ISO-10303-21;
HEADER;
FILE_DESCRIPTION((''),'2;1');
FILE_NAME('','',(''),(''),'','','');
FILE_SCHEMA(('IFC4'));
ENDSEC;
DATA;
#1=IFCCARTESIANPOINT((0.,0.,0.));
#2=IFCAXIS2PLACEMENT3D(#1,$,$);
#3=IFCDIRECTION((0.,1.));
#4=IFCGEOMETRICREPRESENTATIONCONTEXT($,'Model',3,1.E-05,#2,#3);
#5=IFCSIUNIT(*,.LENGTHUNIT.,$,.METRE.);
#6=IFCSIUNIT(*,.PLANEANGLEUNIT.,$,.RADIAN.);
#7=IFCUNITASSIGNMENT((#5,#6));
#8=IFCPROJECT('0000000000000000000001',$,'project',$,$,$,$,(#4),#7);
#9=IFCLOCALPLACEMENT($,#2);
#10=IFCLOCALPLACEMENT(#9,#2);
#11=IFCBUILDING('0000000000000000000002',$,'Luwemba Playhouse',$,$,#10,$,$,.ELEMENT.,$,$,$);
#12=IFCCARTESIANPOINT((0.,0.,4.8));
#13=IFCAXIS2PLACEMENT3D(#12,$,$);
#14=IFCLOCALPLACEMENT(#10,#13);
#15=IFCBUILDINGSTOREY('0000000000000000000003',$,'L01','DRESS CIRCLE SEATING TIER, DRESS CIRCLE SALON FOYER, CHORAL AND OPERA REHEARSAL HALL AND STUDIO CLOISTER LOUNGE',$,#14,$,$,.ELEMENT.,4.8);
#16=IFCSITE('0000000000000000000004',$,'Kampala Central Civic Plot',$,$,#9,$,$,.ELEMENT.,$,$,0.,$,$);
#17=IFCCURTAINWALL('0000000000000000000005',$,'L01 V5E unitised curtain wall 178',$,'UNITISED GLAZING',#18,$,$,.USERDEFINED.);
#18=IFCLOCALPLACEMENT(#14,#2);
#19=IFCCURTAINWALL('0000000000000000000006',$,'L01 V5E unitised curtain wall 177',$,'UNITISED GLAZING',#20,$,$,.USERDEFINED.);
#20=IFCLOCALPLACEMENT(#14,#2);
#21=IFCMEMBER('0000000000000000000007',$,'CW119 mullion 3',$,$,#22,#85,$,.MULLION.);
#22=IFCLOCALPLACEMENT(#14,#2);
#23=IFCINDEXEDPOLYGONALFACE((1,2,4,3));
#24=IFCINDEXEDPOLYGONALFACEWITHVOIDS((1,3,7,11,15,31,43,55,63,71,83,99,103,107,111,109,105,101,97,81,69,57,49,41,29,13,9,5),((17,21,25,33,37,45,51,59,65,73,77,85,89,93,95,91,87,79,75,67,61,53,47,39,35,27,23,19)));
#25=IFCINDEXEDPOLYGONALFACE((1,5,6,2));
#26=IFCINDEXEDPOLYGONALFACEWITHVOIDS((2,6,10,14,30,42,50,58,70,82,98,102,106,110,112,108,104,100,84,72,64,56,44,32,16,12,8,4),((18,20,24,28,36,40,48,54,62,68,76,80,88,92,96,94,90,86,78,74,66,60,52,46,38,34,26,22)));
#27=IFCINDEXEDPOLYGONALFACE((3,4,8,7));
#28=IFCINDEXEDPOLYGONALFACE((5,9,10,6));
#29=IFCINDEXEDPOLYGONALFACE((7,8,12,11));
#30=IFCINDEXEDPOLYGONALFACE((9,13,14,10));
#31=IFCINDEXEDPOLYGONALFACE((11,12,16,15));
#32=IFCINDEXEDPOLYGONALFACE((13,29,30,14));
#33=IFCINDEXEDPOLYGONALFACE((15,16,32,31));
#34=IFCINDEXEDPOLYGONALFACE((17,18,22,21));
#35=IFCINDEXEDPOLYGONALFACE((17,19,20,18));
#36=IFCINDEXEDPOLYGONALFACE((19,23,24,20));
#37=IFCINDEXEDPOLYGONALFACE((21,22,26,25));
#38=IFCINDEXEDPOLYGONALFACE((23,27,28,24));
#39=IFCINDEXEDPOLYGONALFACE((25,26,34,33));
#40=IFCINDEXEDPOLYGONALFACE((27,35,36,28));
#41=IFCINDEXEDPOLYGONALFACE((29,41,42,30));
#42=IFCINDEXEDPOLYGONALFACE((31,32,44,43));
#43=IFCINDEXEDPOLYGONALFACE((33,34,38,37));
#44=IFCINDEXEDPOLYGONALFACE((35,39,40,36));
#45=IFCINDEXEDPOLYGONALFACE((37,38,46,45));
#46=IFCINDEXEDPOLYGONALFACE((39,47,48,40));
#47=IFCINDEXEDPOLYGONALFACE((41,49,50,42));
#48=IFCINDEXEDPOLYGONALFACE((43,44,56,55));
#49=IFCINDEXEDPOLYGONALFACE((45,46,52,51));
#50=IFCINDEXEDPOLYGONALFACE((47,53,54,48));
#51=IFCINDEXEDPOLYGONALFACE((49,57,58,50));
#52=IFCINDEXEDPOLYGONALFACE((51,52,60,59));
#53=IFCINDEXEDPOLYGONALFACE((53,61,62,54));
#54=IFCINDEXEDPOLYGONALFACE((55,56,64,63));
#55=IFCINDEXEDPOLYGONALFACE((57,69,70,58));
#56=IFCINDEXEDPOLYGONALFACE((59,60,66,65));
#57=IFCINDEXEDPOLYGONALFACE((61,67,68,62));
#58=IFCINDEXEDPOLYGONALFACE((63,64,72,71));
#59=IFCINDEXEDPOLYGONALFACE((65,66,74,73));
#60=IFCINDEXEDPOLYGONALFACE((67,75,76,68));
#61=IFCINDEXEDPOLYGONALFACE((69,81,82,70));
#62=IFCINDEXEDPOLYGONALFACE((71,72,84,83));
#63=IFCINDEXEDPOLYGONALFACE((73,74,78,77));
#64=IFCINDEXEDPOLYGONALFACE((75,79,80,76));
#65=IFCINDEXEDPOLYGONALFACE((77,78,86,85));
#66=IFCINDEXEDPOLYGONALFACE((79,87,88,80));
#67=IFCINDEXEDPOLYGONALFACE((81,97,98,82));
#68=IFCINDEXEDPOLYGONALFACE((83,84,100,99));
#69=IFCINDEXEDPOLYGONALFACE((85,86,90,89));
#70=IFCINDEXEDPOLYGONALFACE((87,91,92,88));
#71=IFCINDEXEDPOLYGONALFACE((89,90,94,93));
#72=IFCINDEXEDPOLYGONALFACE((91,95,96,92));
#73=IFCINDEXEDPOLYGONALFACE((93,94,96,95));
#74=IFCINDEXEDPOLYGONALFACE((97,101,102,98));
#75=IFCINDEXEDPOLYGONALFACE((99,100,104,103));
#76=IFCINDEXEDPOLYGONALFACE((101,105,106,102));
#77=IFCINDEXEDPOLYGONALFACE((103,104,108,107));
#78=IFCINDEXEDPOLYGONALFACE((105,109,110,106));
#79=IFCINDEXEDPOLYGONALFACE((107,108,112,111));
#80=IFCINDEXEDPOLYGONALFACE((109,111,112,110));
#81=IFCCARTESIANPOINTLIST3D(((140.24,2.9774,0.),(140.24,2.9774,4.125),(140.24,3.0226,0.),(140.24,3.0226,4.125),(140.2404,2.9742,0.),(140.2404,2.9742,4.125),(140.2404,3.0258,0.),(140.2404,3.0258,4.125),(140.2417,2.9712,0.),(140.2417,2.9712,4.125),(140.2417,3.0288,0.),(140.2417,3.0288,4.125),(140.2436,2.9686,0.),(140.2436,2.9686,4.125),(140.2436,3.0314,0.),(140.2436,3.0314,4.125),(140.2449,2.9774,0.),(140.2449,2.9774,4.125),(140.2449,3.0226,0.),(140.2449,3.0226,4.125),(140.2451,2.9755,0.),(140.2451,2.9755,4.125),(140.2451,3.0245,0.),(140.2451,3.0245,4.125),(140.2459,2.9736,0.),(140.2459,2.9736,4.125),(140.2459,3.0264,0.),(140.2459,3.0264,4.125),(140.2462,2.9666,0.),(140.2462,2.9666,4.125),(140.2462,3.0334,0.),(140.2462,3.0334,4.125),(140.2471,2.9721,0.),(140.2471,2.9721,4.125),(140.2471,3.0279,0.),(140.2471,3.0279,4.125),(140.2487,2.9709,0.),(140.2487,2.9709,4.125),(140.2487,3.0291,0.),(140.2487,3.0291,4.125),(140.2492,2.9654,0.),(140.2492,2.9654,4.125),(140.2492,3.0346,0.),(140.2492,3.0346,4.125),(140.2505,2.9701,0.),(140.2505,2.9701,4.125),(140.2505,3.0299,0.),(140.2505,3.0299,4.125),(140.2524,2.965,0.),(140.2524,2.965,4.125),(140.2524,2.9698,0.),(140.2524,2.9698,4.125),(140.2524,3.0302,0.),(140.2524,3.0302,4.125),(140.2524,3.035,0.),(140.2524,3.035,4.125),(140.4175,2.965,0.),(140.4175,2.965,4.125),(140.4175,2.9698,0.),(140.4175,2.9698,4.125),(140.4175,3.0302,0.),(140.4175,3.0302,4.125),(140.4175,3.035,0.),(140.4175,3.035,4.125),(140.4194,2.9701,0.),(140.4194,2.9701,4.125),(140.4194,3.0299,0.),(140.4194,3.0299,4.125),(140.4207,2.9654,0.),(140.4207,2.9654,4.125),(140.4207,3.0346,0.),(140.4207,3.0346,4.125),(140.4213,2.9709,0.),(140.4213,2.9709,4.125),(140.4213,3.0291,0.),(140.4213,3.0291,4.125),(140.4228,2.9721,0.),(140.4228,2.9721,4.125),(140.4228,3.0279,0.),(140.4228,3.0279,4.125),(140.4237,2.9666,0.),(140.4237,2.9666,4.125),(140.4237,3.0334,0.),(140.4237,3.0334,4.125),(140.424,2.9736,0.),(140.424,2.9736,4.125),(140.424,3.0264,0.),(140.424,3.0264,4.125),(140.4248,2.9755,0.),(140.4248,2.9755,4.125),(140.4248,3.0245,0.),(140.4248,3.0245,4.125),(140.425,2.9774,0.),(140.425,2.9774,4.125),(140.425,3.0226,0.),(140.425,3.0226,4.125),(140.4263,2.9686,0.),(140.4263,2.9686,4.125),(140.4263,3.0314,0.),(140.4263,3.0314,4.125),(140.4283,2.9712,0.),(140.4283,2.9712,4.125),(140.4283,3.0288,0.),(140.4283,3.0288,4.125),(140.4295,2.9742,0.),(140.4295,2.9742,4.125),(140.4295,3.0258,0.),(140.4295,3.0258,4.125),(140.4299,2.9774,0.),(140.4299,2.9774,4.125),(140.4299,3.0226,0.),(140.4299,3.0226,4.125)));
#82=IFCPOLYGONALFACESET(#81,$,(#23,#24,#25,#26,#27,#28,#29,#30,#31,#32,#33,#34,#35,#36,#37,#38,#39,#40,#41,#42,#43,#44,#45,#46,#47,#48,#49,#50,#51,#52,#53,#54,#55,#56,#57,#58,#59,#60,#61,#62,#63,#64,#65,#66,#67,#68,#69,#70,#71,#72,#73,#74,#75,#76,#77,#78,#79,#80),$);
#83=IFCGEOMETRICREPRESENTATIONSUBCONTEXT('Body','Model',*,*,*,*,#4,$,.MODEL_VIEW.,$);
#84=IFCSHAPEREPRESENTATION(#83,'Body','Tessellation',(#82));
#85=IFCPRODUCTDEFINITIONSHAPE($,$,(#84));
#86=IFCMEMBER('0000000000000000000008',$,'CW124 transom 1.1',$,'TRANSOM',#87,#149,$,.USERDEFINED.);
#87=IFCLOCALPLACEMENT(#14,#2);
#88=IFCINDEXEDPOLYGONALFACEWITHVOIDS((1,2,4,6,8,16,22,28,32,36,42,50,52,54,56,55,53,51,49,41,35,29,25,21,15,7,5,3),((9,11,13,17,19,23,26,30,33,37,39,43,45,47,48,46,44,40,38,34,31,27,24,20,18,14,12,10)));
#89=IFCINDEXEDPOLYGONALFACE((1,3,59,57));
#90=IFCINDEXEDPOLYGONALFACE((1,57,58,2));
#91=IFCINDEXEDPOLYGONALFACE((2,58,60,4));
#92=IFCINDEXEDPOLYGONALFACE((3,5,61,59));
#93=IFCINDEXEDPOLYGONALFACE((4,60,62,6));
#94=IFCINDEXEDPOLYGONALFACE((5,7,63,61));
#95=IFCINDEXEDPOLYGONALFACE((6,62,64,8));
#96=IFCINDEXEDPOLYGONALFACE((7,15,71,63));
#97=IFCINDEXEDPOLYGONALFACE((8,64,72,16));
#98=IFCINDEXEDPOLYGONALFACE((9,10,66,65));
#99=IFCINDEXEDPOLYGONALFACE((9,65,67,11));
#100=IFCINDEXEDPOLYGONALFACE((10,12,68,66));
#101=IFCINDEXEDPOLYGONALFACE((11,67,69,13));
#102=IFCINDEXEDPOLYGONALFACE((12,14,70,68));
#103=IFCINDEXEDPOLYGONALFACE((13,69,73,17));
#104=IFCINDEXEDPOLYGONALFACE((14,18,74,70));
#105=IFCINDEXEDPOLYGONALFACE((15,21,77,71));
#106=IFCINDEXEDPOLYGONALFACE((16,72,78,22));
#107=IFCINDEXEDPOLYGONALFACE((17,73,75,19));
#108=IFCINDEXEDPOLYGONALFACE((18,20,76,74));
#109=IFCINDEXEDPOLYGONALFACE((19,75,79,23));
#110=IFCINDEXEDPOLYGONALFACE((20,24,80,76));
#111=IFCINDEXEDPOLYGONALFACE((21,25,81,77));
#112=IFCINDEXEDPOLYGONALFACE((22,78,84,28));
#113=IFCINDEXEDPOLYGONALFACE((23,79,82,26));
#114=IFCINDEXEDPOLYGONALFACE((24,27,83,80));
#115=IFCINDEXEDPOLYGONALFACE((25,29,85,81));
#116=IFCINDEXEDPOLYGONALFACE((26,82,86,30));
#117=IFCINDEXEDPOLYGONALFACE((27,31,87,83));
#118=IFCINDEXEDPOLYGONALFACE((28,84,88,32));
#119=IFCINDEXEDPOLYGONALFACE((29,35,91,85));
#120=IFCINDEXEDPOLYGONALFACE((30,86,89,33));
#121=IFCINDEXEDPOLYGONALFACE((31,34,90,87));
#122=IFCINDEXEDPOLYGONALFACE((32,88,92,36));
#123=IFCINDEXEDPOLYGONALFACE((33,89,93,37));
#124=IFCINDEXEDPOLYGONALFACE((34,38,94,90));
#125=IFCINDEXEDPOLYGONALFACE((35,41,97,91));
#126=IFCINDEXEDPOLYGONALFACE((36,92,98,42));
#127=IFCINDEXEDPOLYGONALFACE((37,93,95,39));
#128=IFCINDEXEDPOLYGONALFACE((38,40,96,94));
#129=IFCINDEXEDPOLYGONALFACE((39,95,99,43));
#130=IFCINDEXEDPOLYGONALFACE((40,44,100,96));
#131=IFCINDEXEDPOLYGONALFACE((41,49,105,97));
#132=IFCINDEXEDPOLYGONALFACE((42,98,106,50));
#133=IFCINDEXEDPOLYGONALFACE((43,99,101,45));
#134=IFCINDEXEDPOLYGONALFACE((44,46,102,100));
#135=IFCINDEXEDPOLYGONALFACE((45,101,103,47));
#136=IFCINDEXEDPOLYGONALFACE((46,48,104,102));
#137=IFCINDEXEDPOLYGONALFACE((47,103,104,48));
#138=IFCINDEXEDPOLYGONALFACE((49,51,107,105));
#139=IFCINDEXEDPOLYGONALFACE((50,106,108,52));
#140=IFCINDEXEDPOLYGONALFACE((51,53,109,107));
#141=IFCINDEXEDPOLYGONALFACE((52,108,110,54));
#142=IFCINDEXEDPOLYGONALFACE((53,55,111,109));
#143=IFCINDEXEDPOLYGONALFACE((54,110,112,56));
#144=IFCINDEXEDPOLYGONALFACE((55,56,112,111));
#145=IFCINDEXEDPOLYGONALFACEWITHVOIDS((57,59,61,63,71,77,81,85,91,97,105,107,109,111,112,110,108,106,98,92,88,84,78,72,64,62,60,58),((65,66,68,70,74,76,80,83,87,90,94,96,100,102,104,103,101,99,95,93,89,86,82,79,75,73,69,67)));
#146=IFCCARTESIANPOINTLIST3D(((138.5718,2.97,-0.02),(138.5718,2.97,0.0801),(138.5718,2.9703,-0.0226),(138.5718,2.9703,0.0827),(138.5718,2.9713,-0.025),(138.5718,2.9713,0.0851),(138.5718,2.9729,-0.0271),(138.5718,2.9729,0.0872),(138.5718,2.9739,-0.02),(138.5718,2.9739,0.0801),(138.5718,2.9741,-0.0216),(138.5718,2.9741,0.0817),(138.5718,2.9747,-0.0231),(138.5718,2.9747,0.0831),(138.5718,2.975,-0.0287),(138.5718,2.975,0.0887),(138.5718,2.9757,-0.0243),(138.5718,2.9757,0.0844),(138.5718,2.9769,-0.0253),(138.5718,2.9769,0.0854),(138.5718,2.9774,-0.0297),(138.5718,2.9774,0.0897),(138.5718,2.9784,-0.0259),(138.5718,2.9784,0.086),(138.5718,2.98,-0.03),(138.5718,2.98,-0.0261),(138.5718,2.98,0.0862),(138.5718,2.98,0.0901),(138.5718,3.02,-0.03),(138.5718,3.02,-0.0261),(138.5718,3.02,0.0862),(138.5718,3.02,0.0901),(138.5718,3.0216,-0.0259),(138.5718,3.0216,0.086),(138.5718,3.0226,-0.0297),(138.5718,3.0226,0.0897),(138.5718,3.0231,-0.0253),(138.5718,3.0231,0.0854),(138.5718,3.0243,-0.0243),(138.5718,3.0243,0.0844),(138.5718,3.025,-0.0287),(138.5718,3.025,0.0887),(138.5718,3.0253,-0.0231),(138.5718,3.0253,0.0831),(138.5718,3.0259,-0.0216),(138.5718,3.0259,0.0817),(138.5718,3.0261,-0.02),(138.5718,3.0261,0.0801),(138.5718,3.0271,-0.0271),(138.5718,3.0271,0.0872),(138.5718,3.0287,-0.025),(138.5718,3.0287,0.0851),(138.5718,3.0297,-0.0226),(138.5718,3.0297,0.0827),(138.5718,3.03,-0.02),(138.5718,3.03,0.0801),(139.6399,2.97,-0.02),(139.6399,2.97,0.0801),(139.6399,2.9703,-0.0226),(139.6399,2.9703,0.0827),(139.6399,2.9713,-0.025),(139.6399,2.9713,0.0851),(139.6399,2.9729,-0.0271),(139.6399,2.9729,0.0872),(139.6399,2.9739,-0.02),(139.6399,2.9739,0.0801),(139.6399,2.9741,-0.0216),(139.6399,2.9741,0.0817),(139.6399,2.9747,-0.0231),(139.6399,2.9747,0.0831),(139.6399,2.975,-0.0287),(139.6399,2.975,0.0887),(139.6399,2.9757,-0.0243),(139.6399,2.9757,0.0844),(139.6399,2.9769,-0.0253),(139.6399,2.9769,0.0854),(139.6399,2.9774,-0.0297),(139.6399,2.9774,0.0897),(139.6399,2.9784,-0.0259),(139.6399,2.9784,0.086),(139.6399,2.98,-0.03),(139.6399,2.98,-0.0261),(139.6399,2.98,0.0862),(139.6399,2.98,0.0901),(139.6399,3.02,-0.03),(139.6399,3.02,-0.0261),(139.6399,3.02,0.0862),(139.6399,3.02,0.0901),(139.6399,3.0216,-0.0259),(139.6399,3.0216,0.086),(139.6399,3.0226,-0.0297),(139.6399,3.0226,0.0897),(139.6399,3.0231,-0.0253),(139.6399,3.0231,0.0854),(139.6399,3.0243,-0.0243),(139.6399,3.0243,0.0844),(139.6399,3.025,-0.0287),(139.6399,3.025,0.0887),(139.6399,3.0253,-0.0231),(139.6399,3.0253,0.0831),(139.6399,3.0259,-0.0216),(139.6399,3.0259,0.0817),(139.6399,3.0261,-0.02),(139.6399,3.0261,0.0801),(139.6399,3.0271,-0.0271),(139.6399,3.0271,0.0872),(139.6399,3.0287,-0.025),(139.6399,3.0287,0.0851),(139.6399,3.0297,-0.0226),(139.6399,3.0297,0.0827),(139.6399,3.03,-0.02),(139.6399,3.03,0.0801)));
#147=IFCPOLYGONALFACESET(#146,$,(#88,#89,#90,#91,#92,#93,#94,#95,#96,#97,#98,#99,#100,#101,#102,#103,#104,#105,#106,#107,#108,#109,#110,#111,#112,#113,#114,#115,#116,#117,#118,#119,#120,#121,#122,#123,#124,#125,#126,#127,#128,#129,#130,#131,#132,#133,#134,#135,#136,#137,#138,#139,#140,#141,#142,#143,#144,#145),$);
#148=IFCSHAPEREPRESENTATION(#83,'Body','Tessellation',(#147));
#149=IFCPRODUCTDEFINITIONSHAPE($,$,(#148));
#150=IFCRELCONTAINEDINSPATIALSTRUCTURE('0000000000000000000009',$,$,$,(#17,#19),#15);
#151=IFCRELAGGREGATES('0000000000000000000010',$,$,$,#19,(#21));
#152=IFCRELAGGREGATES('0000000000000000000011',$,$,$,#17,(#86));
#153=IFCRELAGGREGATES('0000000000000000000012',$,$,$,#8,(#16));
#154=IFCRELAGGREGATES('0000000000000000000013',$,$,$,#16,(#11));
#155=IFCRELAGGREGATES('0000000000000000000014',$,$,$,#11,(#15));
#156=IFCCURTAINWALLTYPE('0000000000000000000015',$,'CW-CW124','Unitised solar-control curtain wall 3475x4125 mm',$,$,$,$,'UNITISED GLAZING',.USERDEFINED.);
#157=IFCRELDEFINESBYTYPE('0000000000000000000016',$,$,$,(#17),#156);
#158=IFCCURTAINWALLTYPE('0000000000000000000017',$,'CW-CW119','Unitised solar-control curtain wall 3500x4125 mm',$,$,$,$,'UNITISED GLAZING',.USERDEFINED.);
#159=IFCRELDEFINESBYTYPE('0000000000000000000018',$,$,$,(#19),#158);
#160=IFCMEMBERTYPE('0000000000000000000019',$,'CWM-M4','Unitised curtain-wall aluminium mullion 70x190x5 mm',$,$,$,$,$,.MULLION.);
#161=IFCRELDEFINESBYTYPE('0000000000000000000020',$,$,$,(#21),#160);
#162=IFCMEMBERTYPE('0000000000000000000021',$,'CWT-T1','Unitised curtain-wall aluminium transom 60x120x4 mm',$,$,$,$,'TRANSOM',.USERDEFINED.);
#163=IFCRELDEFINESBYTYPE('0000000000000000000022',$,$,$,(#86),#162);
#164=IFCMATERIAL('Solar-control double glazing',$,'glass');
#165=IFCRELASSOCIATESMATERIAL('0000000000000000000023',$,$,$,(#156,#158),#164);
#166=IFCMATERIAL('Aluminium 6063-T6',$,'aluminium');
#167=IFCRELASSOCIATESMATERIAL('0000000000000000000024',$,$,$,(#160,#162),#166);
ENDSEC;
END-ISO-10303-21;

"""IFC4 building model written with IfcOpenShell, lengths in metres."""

from ifc_helpers import new_model, si_unit, direction, frame, origin, origin_2d, place, context, subcontext, project, spatial, hollow_rectangle, extrude, material, material_profile, profile_set, type_object, element, aggregate, save


model = new_model("IFC4")

# Units and contexts
model_context = context("Model", 3, precision=1e-05, world=origin(), true_north=direction((0.0, 1.0)))
body_context = subcontext(model_context, "Body", "Model", "MODEL_VIEW")
ifc_project = project(units=[si_unit("LENGTHUNIT", "METRE"), si_unit("PLANEANGLEUNIT", "RADIAN")], contexts=[model_context])

# Site, building, storey
site_placement = place(None, origin())
site = spatial("IfcSite", under=ifc_project, at=site_placement, Name="Kampala Central Civic Plot", CompositionType="ELEMENT", RefElevation=0.0)
building_placement = place(site_placement, origin())
building = spatial("IfcBuilding", under=site, at=building_placement, Name="Luwemba Playhouse", CompositionType="ELEMENT")
storey_placement = place(building_placement, frame((0.0, 0.0, 4.8)))
storey = spatial("IfcBuildingStorey", under=building, at=storey_placement, Name="L01", Description="DRESS CIRCLE SEATING TIER, DRESS CIRCLE SALON FOYER, CHORAL AND OPERA REHEARSAL HALL AND STUDIO CLOISTER LOUNGE", CompositionType="ELEMENT", Elevation=4.8)

# Curtain wall
ifc_material_1 = material(Name="Solar-control double glazing", Category="glass")
curtain_wall_type_1 = type_object("IfcCurtainWallType", Name="CW-CW124", Description="Unitised solar-control curtain wall 3475x4125 mm", ElementType="UNITISED GLAZING", PredefinedType="USERDEFINED", material=ifc_material_1)
curtain_wall_1_placement = place(storey_placement, origin())
curtain_wall_1 = element("IfcCurtainWall", 1, at=curtain_wall_1_placement, inside=storey, type_object=curtain_wall_type_1, Name="L01 V5E unitised curtain wall 178", ObjectType="UNITISED GLAZING", PredefinedType="USERDEFINED")
ifc_material_2 = material(Name="Aluminium 6063-T6", Category="aluminium")

# Curtain wall, member
curtain_wall_type_2 = type_object("IfcCurtainWallType", Name="CW-CW119", Description="Unitised solar-control curtain wall 3500x4125 mm", ElementType="UNITISED GLAZING", PredefinedType="USERDEFINED", material=ifc_material_1)
curtain_wall_2_placement = place(storey_placement, origin())
curtain_wall_2 = element("IfcCurtainWall", 2, at=curtain_wall_2_placement, inside=storey, type_object=curtain_wall_type_2, Name="L01 V5E unitised curtain wall 177", ObjectType="UNITISED GLAZING", PredefinedType="USERDEFINED")
ifc_material_profile_1 = material_profile(ifc_material_2, hollow_rectangle(XDim=0.0701, YDim=0.1899, WallThickness=0.0049, InnerFilletRadius=0.0076, OuterFilletRadius=0.0125, at=origin_2d()))
ifc_profile_set_1 = profile_set([ifc_material_profile_1], Name="Aluminium 6063-T6")
member_type_1 = type_object("IfcMemberType", Name="CWM-M4", Description="Unitised curtain-wall aluminium mullion 70x190x5 mm", PredefinedType="MULLION", material=ifc_profile_set_1)
member_1_placement = place(storey_placement, frame((140.335, 3.0, 0.0), z_axis=(0.0, 0.0, 1.0), x_axis=(0.0, -1.0, 0.0)))
member_1 = element("IfcMember", 3, at=member_1_placement, type_object=member_type_1, Name="CW119 mullion 3", PredefinedType="MULLION", context=body_context, shape_type="SweptSolid", body=[
    extrude(hollow_rectangle(XDim=0.0701, YDim=0.1899, WallThickness=0.0049, InnerFilletRadius=0.0076, OuterFilletRadius=0.0125, at=origin_2d()), origin(), (0.0, 0.0, 1.0), 4.125),
])
aggregate(curtain_wall_2, [member_1])

# Member
ifc_material_profile_2 = material_profile(ifc_material_2, hollow_rectangle(XDim=0.0601, YDim=0.1201, WallThickness=0.0039, InnerFilletRadius=0.0061, OuterFilletRadius=0.01, at=origin_2d()))
ifc_profile_set_2 = profile_set([ifc_material_profile_2], Name="Aluminium 6063-T6")
member_type_2 = type_object("IfcMemberType", Name="CWT-T1", Description="Unitised curtain-wall aluminium transom 60x120x4 mm", ElementType="TRANSOM", PredefinedType="USERDEFINED", material=ifc_profile_set_2)
member_2_placement = place(storey_placement, frame((139.6399, 3.0, 0.03), z_axis=(-1.0, 0.0, 0.0), x_axis=(0.0, -1.0, 0.0)))
member_2 = element("IfcMember", 4, at=member_2_placement, type_object=member_type_2, Name="CW124 transom 1.1", ObjectType="TRANSOM", PredefinedType="USERDEFINED", context=body_context, shape_type="SweptSolid", body=[
    extrude(hollow_rectangle(XDim=0.0601, YDim=0.1201, WallThickness=0.0039, InnerFilletRadius=0.0061, OuterFilletRadius=0.01, at=origin_2d()), origin(), (0.0, 0.0, 1.0), 1.0681),
])

aggregate(curtain_wall_1, [member_2])

save(model, "model.ifc")
